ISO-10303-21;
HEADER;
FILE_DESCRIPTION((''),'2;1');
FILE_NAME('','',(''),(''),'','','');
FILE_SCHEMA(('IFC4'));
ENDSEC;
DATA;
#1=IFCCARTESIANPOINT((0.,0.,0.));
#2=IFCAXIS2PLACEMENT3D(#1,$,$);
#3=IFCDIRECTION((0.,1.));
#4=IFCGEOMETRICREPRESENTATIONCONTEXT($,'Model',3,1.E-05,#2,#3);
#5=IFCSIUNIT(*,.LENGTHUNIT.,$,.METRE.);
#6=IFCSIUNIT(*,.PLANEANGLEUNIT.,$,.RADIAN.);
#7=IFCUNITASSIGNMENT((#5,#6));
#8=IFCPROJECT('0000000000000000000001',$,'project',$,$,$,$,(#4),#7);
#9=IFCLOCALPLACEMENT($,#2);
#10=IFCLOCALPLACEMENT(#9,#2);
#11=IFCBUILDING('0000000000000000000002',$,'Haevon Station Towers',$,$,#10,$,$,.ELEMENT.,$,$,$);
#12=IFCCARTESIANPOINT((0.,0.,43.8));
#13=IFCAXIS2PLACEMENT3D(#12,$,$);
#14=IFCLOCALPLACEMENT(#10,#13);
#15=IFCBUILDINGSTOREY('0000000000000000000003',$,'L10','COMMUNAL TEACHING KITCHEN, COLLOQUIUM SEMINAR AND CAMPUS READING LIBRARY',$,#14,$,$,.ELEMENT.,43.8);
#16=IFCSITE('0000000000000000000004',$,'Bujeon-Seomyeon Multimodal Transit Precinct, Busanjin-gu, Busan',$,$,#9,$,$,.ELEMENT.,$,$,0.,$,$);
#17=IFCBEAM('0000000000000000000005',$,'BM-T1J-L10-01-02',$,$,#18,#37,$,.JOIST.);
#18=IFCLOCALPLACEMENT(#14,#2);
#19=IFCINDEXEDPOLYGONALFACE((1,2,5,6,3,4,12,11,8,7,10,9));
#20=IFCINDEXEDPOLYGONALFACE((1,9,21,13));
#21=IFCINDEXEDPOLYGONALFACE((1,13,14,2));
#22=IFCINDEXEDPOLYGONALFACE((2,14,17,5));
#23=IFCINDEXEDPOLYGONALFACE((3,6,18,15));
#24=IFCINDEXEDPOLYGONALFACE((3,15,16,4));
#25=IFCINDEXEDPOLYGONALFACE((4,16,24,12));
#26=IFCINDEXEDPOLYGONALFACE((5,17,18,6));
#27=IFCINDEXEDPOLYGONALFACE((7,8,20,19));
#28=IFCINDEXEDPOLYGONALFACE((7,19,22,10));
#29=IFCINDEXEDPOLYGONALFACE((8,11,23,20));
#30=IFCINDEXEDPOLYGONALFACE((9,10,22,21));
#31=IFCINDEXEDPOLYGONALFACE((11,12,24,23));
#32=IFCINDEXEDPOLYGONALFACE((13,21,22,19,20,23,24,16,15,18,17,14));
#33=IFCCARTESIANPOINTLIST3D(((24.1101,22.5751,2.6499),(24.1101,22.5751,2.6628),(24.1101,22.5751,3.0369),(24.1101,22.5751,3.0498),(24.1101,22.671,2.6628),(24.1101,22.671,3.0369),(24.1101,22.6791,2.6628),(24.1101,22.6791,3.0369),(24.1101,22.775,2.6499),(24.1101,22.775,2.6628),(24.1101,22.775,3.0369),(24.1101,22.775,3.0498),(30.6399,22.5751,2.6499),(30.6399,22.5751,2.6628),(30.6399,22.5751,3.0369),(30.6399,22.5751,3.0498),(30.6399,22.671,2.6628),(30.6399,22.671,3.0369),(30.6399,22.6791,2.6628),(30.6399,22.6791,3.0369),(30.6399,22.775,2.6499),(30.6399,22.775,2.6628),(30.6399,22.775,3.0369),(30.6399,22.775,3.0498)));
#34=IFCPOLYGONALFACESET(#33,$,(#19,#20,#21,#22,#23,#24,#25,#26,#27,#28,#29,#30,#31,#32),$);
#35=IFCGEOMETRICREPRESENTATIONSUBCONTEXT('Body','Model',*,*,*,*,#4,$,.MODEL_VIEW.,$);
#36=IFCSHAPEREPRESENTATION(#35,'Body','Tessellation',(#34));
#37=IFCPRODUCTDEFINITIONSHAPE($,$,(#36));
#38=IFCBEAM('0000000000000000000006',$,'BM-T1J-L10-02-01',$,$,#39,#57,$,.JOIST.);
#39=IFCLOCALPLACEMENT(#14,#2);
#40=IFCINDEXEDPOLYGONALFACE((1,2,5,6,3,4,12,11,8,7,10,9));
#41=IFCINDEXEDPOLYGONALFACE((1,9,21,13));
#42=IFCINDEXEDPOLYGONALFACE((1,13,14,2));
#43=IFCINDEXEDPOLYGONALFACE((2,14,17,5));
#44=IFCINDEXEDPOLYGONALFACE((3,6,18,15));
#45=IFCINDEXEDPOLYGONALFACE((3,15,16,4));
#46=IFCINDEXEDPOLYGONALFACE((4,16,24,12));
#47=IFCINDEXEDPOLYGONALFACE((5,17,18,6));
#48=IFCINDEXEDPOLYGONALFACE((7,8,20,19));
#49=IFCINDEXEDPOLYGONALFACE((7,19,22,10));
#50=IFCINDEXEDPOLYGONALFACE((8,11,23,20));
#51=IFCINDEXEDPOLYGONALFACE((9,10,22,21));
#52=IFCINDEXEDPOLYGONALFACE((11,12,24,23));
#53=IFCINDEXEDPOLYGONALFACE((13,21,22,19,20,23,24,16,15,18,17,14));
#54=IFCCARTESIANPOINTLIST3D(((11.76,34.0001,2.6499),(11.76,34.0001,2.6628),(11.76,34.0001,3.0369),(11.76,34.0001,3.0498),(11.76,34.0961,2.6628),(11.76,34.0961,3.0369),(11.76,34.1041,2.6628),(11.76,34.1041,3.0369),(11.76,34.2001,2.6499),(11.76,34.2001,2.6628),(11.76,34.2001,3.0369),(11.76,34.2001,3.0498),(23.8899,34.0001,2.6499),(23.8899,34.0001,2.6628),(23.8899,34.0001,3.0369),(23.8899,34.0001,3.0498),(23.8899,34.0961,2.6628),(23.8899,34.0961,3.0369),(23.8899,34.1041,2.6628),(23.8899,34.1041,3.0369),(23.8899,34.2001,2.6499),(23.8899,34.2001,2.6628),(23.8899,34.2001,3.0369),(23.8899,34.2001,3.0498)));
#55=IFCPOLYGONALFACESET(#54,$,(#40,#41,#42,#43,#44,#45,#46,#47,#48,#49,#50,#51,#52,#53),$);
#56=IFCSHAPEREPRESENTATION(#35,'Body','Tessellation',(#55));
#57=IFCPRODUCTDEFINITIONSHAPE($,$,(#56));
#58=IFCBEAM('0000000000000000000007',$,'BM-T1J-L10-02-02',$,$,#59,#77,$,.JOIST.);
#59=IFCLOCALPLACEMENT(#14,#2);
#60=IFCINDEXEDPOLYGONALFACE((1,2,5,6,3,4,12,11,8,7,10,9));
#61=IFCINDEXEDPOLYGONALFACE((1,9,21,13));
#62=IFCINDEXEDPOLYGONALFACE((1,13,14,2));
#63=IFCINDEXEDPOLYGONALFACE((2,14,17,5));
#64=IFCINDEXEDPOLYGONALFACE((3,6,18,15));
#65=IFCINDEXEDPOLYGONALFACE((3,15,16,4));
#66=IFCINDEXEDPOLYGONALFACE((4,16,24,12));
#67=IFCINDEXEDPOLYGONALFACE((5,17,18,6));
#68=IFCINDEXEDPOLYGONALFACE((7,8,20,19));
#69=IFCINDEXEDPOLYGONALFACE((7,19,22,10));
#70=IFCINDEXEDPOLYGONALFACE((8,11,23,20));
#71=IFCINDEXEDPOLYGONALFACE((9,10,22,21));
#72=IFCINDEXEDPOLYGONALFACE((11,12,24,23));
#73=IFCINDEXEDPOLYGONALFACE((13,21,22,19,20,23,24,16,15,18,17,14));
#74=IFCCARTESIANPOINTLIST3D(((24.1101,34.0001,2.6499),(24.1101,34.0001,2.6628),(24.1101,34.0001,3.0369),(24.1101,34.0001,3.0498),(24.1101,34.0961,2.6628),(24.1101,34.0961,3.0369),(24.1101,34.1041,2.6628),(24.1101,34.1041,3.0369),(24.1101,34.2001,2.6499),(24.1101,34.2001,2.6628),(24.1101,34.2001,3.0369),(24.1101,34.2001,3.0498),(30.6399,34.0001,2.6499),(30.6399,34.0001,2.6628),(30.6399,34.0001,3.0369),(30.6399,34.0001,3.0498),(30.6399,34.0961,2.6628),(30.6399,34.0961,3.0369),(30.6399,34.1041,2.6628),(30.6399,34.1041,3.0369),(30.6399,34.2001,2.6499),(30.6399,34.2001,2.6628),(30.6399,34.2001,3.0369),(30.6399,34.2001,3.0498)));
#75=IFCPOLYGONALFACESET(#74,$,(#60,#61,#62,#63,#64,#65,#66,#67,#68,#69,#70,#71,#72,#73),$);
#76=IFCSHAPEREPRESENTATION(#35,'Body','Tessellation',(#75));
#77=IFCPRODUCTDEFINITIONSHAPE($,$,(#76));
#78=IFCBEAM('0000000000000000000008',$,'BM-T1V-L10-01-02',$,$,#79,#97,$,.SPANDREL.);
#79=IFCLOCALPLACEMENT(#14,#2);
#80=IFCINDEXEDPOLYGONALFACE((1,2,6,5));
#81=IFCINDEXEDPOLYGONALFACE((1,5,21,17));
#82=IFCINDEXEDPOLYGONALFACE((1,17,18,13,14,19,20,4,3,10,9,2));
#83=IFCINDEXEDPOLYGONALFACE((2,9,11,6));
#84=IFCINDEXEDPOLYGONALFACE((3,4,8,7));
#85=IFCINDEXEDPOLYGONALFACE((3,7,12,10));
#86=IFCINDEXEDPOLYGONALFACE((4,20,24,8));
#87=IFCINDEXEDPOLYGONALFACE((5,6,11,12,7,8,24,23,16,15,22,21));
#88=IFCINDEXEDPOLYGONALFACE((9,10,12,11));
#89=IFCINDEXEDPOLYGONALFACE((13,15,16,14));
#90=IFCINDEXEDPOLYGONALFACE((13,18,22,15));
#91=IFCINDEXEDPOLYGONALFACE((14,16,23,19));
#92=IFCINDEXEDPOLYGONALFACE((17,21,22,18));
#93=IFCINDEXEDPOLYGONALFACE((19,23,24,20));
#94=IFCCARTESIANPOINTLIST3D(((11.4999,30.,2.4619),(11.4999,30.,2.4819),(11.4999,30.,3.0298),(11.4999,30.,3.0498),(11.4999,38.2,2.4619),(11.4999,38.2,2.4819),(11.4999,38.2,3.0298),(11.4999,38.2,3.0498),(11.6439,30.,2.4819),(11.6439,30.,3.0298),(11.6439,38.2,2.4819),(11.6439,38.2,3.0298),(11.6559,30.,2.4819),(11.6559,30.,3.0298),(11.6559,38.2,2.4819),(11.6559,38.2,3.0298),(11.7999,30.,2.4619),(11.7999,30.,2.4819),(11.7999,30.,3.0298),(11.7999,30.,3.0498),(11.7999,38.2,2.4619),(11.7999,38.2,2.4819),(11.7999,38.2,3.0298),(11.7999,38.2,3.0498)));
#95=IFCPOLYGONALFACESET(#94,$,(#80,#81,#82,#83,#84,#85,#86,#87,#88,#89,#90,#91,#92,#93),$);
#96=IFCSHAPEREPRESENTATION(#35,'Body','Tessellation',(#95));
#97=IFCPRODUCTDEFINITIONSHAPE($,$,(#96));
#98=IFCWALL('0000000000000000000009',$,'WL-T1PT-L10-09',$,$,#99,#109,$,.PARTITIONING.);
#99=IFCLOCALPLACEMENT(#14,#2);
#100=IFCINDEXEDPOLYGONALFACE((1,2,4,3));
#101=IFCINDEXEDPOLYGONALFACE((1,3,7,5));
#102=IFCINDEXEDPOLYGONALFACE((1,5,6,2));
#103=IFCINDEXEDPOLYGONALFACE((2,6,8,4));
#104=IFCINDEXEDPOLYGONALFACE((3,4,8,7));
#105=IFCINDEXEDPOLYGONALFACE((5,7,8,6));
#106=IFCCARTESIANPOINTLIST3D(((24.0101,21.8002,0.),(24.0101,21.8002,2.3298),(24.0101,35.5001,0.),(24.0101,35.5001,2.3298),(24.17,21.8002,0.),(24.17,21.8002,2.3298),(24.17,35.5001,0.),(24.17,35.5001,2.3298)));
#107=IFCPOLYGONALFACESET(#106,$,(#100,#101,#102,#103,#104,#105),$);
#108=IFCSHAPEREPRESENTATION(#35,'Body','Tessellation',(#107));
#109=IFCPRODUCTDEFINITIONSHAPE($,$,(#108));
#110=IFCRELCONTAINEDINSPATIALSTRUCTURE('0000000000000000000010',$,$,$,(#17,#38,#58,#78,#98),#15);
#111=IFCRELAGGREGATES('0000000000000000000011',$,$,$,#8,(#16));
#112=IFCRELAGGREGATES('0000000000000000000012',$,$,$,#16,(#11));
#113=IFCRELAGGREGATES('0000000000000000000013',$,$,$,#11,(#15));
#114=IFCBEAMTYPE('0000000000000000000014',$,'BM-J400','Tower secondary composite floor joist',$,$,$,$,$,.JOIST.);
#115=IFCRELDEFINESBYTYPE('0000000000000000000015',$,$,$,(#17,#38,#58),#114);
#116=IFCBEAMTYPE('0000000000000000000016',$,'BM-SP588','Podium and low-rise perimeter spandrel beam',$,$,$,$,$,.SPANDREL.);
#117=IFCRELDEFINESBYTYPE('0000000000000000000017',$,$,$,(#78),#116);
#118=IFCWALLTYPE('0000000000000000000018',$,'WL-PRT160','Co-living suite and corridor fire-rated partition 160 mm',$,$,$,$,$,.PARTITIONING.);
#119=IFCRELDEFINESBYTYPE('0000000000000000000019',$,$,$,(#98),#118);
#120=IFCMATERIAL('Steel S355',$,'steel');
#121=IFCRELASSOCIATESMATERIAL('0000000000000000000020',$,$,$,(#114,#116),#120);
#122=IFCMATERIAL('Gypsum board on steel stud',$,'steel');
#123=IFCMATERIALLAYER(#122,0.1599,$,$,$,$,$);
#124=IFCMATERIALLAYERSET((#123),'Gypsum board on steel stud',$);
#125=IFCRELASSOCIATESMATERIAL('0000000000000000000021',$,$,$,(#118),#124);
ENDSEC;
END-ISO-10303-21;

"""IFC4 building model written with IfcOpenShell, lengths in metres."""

from ifc_helpers import new_model, si_unit, direction, frame, frame_2d, origin, origin_2d, place, context, subcontext, project, spatial, rectangle, i_section, extrude, material, layer, layer_set, material_profile, profile_set, type_object, element, save


model = new_model("IFC4")

# Units and contexts
model_context = context("Model", 3, precision=1e-05, world=origin(), true_north=direction((0.0, 1.0)))
body_context = subcontext(model_context, "Body", "Model", "MODEL_VIEW")
ifc_project = project(units=[si_unit("LENGTHUNIT", "METRE"), si_unit("PLANEANGLEUNIT", "RADIAN")], contexts=[model_context])

# Site, building, storey
site_placement = place(None, origin())
site = spatial("IfcSite", under=ifc_project, at=site_placement, Name="Bujeon-Seomyeon Multimodal Transit Precinct, Busanjin-gu, Busan", CompositionType="ELEMENT", RefElevation=0.0)
building_placement = place(site_placement, origin())
building = spatial("IfcBuilding", under=site, at=building_placement, Name="Haevon Station Towers", CompositionType="ELEMENT")
storey_placement = place(building_placement, frame((0.0, 0.0, 43.8)))
storey = spatial("IfcBuildingStorey", under=building, at=storey_placement, Name="L10", Description="COMMUNAL TEACHING KITCHEN, COLLOQUIUM SEMINAR AND CAMPUS READING LIBRARY", CompositionType="ELEMENT", Elevation=43.8)

# Beams
ifc_material_1 = material(Name="Steel S355", Category="steel")
ifc_material_profile_1 = material_profile(ifc_material_1, i_section(OverallWidth=0.2, OverallDepth=0.3999, WebThickness=0.0081, FlangeThickness=0.0129, at=origin_2d()), Name="H-400x200x8x13")
ifc_profile_set_1 = profile_set([ifc_material_profile_1], Name="Steel S355")
beam_type_1 = type_object("IfcBeamType", Name="BM-J400", Description="Tower secondary composite floor joist", PredefinedType="JOIST", material=ifc_profile_set_1)
beam_1_placement = place(storey_placement, frame((24.1101, 22.675, 2.8499), z_axis=(1.0, 0.0, 0.0), x_axis=(0.0, 1.0, 0.0)))
element("IfcBeam", 1, at=beam_1_placement, inside=storey, type_object=beam_type_1, Name="BM-T1J-L10-01-02", PredefinedType="JOIST", context=body_context, shape_type="SweptSolid", body=[
    extrude(i_section(OverallWidth=0.2, OverallDepth=0.3999, WebThickness=0.0081, FlangeThickness=0.0129, at=origin_2d()), origin(), (0.0, 0.0, 1.0), 6.5298),
])
beam_2_placement = place(storey_placement, frame((11.76, 34.1001, 2.8499), z_axis=(1.0, 0.0, 0.0), x_axis=(0.0, 1.0, 0.0)))
element("IfcBeam", 2, at=beam_2_placement, inside=storey, type_object=beam_type_1, Name="BM-T1J-L10-02-01", PredefinedType="JOIST", context=body_context, shape_type="SweptSolid", body=[
    extrude(i_section(OverallWidth=0.2, OverallDepth=0.3999, WebThickness=0.0081, FlangeThickness=0.0129, at=origin_2d()), origin(), (0.0, 0.0, 1.0), 12.1299),
])
beam_3_placement = place(storey_placement, frame((24.1101, 34.1001, 2.8499), z_axis=(1.0, 0.0, 0.0), x_axis=(0.0, 1.0, 0.0)))
element("IfcBeam", 3, at=beam_3_placement, inside=storey, type_object=beam_type_1, Name="BM-T1J-L10-02-02", PredefinedType="JOIST", context=body_context, shape_type="SweptSolid", body=[
    extrude(i_section(OverallWidth=0.2, OverallDepth=0.3999, WebThickness=0.0081, FlangeThickness=0.0129, at=origin_2d()), origin(), (0.0, 0.0, 1.0), 6.5298),
])
ifc_material_profile_2 = material_profile(ifc_material_1, i_section(OverallWidth=0.3, OverallDepth=0.5879, WebThickness=0.012, FlangeThickness=0.02, at=origin_2d()), Name="H-588x300x12x20")
ifc_profile_set_2 = profile_set([ifc_material_profile_2], Name="Steel S355")
beam_type_2 = type_object("IfcBeamType", Name="BM-SP588", Description="Podium and low-rise perimeter spandrel beam", PredefinedType="SPANDREL", material=ifc_profile_set_2)
beam_4_placement = place(storey_placement, frame((11.6499, 30.0, 2.7559), z_axis=(0.0, 1.0, 0.0), x_axis=(-1.0, 0.0, 0.0)))
element("IfcBeam", 4, at=beam_4_placement, inside=storey, type_object=beam_type_2, Name="BM-T1V-L10-01-02", PredefinedType="SPANDREL", context=body_context, shape_type="SweptSolid", body=[
    extrude(i_section(OverallWidth=0.3, OverallDepth=0.5879, WebThickness=0.012, FlangeThickness=0.02, at=origin_2d()), origin(), (0.0, 0.0, 1.0), 8.2),
])

# Wall
ifc_material_2 = material(Name="Gypsum board on steel stud", Category="steel")
ifc_layer_1 = layer(ifc_material_2, 0.1599)
ifc_layer_set_1 = layer_set([ifc_layer_1], Name="Gypsum board on steel stud")
wall_type = type_object("IfcWallType", Name="WL-PRT160", Description="Co-living suite and corridor fire-rated partition 160 mm", PredefinedType="PARTITIONING", material=ifc_layer_set_1)
wall_1_placement = place(storey_placement, frame((24.0901, 21.8, 0.0), z_axis=(0.0, 0.0, 1.0), x_axis=(0.0, 1.0, 0.0)))
element("IfcWall", 5, at=wall_1_placement, inside=storey, type_object=wall_type, Name="WL-T1PT-L10-09", PredefinedType="PARTITIONING", context=body_context, shape_type="SweptSolid", body=[
    extrude(rectangle(XDim=13.7, YDim=0.1599, at=frame_2d((6.8501, 0.0))), origin(), (0.0, 0.0, 1.0), 2.3298),
])

save(model, "model.ifc")
